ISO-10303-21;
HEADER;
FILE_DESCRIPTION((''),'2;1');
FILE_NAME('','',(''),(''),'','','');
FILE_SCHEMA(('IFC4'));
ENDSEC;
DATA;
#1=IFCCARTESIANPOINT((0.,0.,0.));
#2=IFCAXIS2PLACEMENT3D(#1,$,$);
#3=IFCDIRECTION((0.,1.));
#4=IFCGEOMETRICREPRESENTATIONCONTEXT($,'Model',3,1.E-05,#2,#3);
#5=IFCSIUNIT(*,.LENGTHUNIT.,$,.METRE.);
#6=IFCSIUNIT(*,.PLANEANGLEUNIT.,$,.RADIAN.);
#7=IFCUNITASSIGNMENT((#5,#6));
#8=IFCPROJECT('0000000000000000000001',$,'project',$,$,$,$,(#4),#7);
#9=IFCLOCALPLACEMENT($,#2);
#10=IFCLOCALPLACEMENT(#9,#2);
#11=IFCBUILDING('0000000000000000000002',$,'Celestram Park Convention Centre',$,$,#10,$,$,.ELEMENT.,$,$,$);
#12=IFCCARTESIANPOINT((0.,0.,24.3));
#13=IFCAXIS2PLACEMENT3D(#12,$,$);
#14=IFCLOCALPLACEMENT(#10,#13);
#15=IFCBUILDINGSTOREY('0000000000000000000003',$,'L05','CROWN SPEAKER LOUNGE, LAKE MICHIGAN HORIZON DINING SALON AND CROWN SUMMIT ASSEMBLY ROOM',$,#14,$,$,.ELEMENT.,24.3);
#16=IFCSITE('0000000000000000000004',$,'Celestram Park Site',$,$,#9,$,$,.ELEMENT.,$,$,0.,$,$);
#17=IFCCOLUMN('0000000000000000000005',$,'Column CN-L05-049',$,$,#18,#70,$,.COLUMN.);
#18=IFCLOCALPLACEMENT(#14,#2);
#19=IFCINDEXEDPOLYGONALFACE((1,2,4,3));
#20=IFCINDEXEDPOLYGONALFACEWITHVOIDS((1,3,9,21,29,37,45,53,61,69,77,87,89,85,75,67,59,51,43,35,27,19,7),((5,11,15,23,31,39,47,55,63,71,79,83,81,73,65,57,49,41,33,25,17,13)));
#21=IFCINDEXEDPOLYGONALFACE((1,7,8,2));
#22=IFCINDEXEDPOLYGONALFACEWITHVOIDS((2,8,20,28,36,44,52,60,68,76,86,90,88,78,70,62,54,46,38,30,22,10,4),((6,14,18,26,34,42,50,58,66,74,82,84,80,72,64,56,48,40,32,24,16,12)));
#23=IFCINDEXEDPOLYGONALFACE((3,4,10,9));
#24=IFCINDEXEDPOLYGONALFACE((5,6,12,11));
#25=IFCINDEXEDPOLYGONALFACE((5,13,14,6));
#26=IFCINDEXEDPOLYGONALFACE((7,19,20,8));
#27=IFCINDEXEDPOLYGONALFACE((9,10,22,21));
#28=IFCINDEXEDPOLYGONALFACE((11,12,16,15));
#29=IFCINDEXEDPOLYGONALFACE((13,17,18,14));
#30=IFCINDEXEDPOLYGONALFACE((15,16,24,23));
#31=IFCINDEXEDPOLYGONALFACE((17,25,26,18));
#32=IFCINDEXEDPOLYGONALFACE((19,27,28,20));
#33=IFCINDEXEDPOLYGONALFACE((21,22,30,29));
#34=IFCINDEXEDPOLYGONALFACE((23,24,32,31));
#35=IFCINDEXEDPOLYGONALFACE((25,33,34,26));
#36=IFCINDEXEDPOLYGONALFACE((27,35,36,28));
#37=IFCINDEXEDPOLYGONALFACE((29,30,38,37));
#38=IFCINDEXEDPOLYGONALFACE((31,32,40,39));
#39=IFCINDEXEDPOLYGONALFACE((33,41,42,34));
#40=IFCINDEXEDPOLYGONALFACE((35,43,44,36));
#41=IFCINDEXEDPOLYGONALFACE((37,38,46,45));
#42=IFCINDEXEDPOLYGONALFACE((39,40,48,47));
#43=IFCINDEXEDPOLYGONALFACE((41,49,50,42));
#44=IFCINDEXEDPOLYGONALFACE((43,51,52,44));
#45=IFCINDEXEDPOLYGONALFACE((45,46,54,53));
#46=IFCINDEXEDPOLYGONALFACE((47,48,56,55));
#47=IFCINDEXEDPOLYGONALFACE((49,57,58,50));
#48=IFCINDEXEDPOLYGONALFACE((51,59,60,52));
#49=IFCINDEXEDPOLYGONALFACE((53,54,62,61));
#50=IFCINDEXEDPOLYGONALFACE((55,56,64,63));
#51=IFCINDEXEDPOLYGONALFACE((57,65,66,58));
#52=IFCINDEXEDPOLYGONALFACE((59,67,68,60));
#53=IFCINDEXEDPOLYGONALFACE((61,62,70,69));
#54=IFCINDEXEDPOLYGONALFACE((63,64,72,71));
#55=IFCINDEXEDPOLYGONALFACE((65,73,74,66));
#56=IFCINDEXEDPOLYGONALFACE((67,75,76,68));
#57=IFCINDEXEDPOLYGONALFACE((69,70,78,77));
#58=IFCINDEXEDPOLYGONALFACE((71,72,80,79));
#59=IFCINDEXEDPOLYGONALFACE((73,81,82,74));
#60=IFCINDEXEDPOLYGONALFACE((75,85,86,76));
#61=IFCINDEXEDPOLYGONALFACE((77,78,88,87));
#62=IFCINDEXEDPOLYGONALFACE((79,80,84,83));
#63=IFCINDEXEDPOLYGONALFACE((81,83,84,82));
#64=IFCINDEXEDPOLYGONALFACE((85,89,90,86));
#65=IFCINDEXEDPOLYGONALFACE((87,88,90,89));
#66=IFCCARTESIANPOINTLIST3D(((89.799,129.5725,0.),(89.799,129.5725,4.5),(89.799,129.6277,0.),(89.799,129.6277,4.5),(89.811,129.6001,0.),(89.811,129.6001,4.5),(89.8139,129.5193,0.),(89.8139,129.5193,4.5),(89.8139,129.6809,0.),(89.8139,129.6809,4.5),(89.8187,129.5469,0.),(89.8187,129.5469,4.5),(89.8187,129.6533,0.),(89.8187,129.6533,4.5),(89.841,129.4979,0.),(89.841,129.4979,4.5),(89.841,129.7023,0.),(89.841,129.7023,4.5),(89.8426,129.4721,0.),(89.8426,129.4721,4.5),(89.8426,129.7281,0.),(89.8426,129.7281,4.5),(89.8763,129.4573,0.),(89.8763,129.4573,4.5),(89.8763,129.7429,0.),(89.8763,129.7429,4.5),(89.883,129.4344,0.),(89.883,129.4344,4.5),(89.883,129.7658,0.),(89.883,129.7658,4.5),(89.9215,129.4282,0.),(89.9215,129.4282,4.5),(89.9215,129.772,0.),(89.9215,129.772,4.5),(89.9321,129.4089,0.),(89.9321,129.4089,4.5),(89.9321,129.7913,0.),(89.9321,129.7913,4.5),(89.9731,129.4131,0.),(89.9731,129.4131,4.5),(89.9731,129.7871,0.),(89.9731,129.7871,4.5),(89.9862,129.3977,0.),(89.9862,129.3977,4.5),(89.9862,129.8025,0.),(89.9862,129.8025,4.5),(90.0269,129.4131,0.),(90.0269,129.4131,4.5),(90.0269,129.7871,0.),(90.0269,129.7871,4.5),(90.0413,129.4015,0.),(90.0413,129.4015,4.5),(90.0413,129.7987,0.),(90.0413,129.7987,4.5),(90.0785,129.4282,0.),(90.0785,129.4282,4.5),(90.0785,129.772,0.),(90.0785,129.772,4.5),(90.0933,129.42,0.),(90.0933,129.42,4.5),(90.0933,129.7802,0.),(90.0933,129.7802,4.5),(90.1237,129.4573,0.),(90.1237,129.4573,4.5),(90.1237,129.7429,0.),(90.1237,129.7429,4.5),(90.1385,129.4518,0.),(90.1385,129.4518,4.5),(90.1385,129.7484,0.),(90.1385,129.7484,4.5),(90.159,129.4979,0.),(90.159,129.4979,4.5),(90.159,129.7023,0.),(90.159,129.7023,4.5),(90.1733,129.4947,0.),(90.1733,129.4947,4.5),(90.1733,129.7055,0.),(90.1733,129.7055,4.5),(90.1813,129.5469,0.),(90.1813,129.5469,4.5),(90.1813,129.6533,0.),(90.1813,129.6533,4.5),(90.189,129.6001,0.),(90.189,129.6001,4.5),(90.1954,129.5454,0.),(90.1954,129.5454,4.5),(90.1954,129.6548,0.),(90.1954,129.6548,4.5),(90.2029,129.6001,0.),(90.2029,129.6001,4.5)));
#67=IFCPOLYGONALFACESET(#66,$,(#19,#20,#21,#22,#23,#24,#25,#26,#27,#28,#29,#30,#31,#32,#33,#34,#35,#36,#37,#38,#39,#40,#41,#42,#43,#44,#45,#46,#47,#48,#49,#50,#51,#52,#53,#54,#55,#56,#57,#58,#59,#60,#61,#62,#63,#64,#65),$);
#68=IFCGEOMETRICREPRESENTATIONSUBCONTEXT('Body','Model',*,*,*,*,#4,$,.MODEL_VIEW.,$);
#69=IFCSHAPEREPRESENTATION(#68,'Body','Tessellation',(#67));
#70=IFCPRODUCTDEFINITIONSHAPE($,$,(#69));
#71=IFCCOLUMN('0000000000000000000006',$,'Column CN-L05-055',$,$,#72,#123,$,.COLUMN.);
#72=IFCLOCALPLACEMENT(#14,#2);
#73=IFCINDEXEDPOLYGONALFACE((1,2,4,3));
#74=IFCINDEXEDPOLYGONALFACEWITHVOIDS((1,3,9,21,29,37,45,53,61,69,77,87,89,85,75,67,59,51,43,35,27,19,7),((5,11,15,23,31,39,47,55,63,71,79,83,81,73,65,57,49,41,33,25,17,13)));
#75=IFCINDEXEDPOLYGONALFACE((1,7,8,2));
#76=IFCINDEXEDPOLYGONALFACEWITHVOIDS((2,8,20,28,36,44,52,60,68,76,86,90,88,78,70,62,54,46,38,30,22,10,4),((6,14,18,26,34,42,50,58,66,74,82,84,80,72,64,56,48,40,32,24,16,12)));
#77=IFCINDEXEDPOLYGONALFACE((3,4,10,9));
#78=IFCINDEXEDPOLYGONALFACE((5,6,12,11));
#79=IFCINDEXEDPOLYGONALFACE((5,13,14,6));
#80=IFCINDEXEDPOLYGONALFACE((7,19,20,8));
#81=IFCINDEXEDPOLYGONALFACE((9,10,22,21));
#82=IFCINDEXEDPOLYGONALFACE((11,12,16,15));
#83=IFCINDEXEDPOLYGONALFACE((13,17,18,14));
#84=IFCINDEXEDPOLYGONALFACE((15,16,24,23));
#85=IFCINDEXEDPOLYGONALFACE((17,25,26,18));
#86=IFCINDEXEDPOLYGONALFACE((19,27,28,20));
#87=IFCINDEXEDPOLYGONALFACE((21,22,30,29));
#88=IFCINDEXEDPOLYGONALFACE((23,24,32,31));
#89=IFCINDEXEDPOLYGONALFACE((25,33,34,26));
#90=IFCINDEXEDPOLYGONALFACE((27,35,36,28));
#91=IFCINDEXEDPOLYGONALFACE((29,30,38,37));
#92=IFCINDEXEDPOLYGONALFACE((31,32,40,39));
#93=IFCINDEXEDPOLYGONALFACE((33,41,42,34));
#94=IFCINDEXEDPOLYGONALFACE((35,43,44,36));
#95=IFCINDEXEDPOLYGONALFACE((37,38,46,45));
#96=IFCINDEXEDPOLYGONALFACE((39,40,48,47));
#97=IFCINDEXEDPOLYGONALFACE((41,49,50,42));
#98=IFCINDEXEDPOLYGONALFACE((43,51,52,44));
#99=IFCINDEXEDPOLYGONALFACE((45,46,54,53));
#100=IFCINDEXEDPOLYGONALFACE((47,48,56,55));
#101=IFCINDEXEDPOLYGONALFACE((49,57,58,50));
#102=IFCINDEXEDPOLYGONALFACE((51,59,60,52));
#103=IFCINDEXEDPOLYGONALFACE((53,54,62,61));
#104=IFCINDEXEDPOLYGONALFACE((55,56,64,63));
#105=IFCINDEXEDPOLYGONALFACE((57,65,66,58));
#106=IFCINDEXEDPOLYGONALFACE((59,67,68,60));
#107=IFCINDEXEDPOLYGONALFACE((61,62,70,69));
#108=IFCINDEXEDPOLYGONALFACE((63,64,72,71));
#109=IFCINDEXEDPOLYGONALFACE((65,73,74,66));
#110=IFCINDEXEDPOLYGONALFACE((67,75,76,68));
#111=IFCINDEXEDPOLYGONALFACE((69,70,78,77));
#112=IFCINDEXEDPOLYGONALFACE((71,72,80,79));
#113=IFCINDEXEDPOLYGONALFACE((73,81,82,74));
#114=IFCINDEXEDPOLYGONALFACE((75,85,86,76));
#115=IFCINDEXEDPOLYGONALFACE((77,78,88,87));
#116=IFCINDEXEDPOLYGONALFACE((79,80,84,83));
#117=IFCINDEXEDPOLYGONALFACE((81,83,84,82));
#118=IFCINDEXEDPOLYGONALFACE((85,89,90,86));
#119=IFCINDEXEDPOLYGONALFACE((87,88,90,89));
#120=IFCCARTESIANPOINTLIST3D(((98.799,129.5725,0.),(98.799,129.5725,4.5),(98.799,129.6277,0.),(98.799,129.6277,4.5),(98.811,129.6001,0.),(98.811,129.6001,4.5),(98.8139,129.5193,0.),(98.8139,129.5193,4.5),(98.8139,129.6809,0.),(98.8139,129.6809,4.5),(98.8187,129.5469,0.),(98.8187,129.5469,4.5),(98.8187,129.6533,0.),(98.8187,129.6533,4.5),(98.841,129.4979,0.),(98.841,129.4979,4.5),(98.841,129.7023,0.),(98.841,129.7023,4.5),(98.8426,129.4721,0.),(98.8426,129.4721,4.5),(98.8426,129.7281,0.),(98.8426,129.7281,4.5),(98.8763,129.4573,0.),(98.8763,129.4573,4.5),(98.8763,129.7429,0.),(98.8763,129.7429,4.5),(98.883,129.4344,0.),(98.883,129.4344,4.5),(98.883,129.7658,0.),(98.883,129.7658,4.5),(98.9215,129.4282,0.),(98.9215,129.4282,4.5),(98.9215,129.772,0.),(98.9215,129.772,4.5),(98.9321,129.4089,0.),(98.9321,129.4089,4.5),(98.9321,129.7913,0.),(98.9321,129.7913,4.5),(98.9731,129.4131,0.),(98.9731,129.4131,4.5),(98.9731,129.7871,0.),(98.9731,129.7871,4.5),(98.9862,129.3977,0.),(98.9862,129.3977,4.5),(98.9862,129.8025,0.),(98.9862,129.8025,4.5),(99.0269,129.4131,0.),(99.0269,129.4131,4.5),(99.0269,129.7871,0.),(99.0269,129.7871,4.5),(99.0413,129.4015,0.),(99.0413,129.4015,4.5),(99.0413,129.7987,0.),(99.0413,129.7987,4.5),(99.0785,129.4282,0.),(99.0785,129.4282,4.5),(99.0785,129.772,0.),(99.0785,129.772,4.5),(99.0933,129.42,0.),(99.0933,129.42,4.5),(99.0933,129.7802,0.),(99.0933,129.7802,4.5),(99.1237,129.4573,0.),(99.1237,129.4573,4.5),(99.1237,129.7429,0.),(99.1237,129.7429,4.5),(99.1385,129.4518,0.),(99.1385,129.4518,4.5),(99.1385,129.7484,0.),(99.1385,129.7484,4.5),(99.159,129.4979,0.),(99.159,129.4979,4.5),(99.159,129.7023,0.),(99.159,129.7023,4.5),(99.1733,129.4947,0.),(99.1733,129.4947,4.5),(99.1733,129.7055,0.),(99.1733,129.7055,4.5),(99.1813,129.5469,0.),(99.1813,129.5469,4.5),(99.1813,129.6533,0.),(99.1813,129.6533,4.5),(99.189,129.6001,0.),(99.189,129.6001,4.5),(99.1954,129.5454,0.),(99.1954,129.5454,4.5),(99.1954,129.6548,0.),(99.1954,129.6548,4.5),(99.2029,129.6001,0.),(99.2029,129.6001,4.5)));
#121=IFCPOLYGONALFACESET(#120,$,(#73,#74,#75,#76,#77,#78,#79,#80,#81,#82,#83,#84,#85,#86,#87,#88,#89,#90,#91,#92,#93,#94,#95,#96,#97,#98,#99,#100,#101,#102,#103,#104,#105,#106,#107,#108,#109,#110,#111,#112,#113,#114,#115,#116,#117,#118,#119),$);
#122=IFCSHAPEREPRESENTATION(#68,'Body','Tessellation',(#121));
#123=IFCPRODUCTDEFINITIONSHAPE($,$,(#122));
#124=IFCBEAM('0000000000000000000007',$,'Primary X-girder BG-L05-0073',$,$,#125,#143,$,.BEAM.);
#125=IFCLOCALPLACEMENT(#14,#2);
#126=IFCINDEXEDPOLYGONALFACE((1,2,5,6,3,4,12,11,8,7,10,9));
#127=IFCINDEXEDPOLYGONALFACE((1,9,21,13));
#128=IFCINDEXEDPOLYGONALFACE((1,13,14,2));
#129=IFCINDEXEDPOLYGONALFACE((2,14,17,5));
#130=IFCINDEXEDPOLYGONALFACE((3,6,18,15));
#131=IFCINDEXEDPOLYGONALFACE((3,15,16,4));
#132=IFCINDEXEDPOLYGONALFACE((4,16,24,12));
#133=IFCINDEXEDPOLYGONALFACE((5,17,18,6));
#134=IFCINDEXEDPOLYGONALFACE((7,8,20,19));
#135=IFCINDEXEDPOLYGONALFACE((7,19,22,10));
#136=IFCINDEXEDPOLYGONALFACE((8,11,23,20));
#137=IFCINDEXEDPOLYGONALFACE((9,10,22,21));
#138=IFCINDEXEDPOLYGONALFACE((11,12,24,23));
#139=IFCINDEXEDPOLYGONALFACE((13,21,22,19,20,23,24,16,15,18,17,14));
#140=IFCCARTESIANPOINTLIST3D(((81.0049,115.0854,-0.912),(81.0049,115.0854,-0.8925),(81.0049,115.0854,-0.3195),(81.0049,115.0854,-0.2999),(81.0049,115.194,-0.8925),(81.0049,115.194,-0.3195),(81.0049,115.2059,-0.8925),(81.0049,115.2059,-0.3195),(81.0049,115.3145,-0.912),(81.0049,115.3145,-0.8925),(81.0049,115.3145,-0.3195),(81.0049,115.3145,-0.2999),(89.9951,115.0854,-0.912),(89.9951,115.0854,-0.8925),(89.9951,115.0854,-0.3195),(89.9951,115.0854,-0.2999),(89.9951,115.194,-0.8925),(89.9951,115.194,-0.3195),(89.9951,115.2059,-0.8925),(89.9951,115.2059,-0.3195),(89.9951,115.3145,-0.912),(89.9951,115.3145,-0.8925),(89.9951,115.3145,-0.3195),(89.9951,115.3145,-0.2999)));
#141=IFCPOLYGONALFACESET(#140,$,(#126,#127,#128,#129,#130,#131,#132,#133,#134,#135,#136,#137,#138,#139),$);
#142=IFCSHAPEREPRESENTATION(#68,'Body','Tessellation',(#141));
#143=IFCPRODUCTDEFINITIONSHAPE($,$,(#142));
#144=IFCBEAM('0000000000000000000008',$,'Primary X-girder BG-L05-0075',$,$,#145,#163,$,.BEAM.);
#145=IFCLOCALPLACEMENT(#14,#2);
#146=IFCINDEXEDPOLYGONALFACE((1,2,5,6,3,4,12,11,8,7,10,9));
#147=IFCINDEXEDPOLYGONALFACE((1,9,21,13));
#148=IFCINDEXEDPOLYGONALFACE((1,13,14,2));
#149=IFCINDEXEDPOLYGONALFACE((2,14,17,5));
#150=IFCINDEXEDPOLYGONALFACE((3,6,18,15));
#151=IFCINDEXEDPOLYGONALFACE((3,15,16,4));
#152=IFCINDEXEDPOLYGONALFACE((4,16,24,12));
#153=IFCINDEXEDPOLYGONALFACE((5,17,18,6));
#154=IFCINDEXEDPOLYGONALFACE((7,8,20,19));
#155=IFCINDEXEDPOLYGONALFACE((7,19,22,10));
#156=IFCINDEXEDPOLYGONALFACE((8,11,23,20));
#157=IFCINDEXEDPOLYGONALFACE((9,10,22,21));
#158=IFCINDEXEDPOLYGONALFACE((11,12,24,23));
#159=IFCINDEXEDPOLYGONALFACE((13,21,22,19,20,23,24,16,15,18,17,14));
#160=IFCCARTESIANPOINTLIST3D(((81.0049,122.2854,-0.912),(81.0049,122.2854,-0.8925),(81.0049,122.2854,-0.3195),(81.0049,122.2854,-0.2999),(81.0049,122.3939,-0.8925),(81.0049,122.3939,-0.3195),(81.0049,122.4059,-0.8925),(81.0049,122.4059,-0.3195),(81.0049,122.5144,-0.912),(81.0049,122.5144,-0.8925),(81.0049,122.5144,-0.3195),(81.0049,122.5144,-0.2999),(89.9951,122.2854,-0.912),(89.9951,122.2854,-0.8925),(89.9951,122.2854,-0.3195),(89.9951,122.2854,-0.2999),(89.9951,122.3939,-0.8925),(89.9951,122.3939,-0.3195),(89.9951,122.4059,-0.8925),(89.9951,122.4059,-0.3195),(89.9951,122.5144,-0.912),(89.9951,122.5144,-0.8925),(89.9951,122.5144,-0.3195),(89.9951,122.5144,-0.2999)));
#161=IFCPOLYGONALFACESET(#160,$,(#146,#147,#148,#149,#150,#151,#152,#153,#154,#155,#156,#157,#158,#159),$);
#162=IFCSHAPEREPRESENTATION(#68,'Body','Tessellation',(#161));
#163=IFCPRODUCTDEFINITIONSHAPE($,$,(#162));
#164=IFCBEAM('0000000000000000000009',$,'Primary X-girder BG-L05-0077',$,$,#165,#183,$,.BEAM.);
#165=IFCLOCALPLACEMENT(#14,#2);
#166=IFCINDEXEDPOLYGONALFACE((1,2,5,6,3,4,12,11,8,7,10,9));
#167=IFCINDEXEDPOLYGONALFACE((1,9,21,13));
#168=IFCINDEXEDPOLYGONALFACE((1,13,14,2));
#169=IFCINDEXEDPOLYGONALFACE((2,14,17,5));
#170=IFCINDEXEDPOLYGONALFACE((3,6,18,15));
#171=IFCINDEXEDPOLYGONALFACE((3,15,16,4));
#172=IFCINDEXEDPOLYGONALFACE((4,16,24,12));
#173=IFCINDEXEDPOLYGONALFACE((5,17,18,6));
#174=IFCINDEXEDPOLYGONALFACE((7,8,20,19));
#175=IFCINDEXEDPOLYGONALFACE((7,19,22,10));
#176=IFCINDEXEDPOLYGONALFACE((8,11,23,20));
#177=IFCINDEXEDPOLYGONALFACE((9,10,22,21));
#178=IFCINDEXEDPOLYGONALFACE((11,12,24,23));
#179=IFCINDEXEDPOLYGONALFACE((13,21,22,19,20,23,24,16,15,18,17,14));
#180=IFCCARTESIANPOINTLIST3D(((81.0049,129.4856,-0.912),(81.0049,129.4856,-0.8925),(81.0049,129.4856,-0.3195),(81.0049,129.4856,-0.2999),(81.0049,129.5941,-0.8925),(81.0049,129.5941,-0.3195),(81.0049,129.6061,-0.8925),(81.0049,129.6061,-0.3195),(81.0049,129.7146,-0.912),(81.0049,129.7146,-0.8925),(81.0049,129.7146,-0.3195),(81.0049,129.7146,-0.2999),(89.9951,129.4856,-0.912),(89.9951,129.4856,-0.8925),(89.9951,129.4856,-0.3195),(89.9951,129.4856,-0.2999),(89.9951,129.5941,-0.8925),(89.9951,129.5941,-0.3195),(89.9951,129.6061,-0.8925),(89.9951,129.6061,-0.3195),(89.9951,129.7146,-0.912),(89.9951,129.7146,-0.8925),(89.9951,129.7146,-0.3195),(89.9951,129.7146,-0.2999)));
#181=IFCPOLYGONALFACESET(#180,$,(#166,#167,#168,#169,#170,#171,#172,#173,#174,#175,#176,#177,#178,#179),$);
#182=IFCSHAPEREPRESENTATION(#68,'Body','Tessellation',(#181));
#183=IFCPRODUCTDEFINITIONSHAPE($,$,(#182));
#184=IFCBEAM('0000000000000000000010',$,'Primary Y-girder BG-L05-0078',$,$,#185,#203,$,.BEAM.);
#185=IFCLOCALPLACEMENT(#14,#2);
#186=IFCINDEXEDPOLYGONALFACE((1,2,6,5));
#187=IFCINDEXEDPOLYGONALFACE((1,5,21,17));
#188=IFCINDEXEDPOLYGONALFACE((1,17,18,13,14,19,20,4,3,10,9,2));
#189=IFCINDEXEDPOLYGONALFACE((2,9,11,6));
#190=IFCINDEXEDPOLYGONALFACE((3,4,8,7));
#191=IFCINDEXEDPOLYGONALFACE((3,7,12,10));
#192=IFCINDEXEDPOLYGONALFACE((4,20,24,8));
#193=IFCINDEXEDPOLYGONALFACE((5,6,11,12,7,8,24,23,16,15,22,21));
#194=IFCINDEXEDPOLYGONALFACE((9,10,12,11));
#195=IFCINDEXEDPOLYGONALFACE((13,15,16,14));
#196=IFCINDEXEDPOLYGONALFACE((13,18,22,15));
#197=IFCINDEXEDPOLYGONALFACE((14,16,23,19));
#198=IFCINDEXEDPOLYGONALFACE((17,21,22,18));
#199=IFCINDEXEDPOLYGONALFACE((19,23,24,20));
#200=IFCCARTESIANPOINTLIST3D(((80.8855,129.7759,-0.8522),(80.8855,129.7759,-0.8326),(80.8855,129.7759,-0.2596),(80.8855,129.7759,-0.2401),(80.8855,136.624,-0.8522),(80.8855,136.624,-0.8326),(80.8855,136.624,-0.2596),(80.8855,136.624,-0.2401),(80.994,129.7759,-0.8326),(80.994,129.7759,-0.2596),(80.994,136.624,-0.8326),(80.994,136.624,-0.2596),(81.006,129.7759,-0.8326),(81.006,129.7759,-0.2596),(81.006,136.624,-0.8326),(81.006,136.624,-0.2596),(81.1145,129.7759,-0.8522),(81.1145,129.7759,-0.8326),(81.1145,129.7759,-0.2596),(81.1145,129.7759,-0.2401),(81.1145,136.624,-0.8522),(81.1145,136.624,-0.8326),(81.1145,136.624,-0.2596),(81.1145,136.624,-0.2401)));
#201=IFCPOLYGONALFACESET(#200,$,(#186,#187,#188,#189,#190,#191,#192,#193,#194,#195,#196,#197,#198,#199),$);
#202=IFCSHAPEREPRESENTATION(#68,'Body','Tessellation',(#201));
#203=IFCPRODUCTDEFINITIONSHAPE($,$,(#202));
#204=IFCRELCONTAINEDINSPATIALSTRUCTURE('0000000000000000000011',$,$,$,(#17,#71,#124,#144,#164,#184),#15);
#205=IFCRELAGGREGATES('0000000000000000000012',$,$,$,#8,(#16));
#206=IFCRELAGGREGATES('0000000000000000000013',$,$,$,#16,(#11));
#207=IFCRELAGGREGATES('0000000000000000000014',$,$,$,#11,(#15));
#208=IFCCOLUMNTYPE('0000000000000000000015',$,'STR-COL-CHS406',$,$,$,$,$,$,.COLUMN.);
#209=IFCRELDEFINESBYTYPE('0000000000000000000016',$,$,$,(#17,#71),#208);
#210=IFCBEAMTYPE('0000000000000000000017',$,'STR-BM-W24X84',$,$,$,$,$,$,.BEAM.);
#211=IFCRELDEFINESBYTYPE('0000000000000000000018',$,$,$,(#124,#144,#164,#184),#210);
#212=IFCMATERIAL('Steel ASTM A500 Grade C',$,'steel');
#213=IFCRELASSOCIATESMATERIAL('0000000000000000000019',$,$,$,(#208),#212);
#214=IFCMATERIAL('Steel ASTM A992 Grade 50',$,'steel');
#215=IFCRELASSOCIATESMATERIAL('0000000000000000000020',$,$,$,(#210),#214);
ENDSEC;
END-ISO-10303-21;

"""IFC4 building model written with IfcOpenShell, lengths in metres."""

from ifc_helpers import new_model, si_unit, direction, frame, origin, origin_2d, place, context, subcontext, project, spatial, hollow_circle, i_section, extrude, material, material_profile, profile_set, type_object, element, save


model = new_model("IFC4")

# Units and contexts
model_context = context("Model", 3, precision=1e-05, world=origin(), true_north=direction((0.0, 1.0)))
body_context = subcontext(model_context, "Body", "Model", "MODEL_VIEW")
ifc_project = project(units=[si_unit("LENGTHUNIT", "METRE"), si_unit("PLANEANGLEUNIT", "RADIAN")], contexts=[model_context])

# Site, building, storey
site_placement = place(None, origin())
site = spatial("IfcSite", under=ifc_project, at=site_placement, Name="Celestram Park Site", CompositionType="ELEMENT", RefElevation=0.0)
building_placement = place(site_placement, origin())
building = spatial("IfcBuilding", under=site, at=building_placement, Name="Celestram Park Convention Centre", CompositionType="ELEMENT")
storey_placement = place(building_placement, frame((0.0, 0.0, 24.3)))
storey = spatial("IfcBuildingStorey", under=building, at=storey_placement, Name="L05", Description="CROWN SPEAKER LOUNGE, LAKE MICHIGAN HORIZON DINING SALON AND CROWN SUMMIT ASSEMBLY ROOM", CompositionType="ELEMENT", Elevation=24.3)

# Columns
ifc_material_1 = material(Name="Steel ASTM A500 Grade C", Category="steel")
ifc_material_profile_1 = material_profile(ifc_material_1, hollow_circle(Radius=0.2029, WallThickness=0.0139, at=origin_2d()), Name="CHS406X14")
ifc_profile_set_1 = profile_set([ifc_material_profile_1], Name="Steel ASTM A500 Grade C")
column_type = type_object("IfcColumnType", Name="STR-COL-CHS406", PredefinedType="COLUMN", material=ifc_profile_set_1)
for number, where, z_axis, x_axis, name in (
    (1, (90.0, 129.6001, 0.0), (0.0, 0.0, 1.0), (1.0, 0.0, 0.0), "Column CN-L05-049"),
    (2, (99.0, 129.6001, 0.0), (0.0, 0.0, 1.0), (1.0, 0.0, 0.0), "Column CN-L05-055"),
):
    element("IfcColumn", number, at=place(storey_placement, frame(where, z_axis=z_axis, x_axis=x_axis)), inside=storey, type_object=column_type, Name=name, PredefinedType="COLUMN", context=body_context, shape_type="SweptSolid", body=[
        extrude(hollow_circle(Radius=0.2029, WallThickness=0.0139, at=origin_2d()), origin(), (0.0, 0.0, 1.0), 4.5),
    ])

# Beams
ifc_material_2 = material(Name="Steel ASTM A992 Grade 50", Category="steel")
ifc_material_profile_2 = material_profile(ifc_material_2, i_section(OverallWidth=0.229, OverallDepth=0.6121, WebThickness=0.012, FlangeThickness=0.0195, at=origin_2d()), Name="W24X84")
ifc_profile_set_2 = profile_set([ifc_material_profile_2], Name="Steel ASTM A992 Grade 50")
beam_type_1 = type_object("IfcBeamType", Name="STR-BM-W24X84", PredefinedType="BEAM", material=ifc_profile_set_2)
for number, where, z_axis, x_axis, name in (
    (3, (81.0049, 115.2, -0.606), (1.0, 0.0, 0.0), (0.0, 1.0, 0.0), "Primary X-girder BG-L05-0073"),
    (4, (81.0049, 122.3999, -0.606), (1.0, 0.0, 0.0), (0.0, 1.0, 0.0), "Primary X-girder BG-L05-0075"),
    (5, (81.0049, 129.6001, -0.606), (1.0, 0.0, 0.0), (0.0, 1.0, 0.0), "Primary X-girder BG-L05-0077"),
):
    element("IfcBeam", number, at=place(storey_placement, frame(where, z_axis=z_axis, x_axis=x_axis)), inside=storey, type_object=beam_type_1, Name=name, PredefinedType="BEAM", context=body_context, shape_type="SweptSolid", body=[
        extrude(i_section(OverallWidth=0.229, OverallDepth=0.6121, WebThickness=0.012, FlangeThickness=0.0195, at=origin_2d()), origin(), (0.0, 0.0, 1.0), 8.9902),
    ])
beam_1_placement = place(storey_placement, frame((81.0, 129.7759, -0.5461), z_axis=(0.0, 1.0, 0.0), x_axis=(-1.0, 0.0, 0.0)))
element("IfcBeam", 6, at=beam_1_placement, inside=storey, type_object=beam_type_1, Name="Primary Y-girder BG-L05-0078", PredefinedType="BEAM", context=body_context, shape_type="SweptSolid", body=[
    extrude(i_section(OverallWidth=0.229, OverallDepth=0.6121, WebThickness=0.012, FlangeThickness=0.0195, at=origin_2d()), origin(), (0.0, 0.0, 1.0), 6.8481),
])

save(model, "model.ifc")
